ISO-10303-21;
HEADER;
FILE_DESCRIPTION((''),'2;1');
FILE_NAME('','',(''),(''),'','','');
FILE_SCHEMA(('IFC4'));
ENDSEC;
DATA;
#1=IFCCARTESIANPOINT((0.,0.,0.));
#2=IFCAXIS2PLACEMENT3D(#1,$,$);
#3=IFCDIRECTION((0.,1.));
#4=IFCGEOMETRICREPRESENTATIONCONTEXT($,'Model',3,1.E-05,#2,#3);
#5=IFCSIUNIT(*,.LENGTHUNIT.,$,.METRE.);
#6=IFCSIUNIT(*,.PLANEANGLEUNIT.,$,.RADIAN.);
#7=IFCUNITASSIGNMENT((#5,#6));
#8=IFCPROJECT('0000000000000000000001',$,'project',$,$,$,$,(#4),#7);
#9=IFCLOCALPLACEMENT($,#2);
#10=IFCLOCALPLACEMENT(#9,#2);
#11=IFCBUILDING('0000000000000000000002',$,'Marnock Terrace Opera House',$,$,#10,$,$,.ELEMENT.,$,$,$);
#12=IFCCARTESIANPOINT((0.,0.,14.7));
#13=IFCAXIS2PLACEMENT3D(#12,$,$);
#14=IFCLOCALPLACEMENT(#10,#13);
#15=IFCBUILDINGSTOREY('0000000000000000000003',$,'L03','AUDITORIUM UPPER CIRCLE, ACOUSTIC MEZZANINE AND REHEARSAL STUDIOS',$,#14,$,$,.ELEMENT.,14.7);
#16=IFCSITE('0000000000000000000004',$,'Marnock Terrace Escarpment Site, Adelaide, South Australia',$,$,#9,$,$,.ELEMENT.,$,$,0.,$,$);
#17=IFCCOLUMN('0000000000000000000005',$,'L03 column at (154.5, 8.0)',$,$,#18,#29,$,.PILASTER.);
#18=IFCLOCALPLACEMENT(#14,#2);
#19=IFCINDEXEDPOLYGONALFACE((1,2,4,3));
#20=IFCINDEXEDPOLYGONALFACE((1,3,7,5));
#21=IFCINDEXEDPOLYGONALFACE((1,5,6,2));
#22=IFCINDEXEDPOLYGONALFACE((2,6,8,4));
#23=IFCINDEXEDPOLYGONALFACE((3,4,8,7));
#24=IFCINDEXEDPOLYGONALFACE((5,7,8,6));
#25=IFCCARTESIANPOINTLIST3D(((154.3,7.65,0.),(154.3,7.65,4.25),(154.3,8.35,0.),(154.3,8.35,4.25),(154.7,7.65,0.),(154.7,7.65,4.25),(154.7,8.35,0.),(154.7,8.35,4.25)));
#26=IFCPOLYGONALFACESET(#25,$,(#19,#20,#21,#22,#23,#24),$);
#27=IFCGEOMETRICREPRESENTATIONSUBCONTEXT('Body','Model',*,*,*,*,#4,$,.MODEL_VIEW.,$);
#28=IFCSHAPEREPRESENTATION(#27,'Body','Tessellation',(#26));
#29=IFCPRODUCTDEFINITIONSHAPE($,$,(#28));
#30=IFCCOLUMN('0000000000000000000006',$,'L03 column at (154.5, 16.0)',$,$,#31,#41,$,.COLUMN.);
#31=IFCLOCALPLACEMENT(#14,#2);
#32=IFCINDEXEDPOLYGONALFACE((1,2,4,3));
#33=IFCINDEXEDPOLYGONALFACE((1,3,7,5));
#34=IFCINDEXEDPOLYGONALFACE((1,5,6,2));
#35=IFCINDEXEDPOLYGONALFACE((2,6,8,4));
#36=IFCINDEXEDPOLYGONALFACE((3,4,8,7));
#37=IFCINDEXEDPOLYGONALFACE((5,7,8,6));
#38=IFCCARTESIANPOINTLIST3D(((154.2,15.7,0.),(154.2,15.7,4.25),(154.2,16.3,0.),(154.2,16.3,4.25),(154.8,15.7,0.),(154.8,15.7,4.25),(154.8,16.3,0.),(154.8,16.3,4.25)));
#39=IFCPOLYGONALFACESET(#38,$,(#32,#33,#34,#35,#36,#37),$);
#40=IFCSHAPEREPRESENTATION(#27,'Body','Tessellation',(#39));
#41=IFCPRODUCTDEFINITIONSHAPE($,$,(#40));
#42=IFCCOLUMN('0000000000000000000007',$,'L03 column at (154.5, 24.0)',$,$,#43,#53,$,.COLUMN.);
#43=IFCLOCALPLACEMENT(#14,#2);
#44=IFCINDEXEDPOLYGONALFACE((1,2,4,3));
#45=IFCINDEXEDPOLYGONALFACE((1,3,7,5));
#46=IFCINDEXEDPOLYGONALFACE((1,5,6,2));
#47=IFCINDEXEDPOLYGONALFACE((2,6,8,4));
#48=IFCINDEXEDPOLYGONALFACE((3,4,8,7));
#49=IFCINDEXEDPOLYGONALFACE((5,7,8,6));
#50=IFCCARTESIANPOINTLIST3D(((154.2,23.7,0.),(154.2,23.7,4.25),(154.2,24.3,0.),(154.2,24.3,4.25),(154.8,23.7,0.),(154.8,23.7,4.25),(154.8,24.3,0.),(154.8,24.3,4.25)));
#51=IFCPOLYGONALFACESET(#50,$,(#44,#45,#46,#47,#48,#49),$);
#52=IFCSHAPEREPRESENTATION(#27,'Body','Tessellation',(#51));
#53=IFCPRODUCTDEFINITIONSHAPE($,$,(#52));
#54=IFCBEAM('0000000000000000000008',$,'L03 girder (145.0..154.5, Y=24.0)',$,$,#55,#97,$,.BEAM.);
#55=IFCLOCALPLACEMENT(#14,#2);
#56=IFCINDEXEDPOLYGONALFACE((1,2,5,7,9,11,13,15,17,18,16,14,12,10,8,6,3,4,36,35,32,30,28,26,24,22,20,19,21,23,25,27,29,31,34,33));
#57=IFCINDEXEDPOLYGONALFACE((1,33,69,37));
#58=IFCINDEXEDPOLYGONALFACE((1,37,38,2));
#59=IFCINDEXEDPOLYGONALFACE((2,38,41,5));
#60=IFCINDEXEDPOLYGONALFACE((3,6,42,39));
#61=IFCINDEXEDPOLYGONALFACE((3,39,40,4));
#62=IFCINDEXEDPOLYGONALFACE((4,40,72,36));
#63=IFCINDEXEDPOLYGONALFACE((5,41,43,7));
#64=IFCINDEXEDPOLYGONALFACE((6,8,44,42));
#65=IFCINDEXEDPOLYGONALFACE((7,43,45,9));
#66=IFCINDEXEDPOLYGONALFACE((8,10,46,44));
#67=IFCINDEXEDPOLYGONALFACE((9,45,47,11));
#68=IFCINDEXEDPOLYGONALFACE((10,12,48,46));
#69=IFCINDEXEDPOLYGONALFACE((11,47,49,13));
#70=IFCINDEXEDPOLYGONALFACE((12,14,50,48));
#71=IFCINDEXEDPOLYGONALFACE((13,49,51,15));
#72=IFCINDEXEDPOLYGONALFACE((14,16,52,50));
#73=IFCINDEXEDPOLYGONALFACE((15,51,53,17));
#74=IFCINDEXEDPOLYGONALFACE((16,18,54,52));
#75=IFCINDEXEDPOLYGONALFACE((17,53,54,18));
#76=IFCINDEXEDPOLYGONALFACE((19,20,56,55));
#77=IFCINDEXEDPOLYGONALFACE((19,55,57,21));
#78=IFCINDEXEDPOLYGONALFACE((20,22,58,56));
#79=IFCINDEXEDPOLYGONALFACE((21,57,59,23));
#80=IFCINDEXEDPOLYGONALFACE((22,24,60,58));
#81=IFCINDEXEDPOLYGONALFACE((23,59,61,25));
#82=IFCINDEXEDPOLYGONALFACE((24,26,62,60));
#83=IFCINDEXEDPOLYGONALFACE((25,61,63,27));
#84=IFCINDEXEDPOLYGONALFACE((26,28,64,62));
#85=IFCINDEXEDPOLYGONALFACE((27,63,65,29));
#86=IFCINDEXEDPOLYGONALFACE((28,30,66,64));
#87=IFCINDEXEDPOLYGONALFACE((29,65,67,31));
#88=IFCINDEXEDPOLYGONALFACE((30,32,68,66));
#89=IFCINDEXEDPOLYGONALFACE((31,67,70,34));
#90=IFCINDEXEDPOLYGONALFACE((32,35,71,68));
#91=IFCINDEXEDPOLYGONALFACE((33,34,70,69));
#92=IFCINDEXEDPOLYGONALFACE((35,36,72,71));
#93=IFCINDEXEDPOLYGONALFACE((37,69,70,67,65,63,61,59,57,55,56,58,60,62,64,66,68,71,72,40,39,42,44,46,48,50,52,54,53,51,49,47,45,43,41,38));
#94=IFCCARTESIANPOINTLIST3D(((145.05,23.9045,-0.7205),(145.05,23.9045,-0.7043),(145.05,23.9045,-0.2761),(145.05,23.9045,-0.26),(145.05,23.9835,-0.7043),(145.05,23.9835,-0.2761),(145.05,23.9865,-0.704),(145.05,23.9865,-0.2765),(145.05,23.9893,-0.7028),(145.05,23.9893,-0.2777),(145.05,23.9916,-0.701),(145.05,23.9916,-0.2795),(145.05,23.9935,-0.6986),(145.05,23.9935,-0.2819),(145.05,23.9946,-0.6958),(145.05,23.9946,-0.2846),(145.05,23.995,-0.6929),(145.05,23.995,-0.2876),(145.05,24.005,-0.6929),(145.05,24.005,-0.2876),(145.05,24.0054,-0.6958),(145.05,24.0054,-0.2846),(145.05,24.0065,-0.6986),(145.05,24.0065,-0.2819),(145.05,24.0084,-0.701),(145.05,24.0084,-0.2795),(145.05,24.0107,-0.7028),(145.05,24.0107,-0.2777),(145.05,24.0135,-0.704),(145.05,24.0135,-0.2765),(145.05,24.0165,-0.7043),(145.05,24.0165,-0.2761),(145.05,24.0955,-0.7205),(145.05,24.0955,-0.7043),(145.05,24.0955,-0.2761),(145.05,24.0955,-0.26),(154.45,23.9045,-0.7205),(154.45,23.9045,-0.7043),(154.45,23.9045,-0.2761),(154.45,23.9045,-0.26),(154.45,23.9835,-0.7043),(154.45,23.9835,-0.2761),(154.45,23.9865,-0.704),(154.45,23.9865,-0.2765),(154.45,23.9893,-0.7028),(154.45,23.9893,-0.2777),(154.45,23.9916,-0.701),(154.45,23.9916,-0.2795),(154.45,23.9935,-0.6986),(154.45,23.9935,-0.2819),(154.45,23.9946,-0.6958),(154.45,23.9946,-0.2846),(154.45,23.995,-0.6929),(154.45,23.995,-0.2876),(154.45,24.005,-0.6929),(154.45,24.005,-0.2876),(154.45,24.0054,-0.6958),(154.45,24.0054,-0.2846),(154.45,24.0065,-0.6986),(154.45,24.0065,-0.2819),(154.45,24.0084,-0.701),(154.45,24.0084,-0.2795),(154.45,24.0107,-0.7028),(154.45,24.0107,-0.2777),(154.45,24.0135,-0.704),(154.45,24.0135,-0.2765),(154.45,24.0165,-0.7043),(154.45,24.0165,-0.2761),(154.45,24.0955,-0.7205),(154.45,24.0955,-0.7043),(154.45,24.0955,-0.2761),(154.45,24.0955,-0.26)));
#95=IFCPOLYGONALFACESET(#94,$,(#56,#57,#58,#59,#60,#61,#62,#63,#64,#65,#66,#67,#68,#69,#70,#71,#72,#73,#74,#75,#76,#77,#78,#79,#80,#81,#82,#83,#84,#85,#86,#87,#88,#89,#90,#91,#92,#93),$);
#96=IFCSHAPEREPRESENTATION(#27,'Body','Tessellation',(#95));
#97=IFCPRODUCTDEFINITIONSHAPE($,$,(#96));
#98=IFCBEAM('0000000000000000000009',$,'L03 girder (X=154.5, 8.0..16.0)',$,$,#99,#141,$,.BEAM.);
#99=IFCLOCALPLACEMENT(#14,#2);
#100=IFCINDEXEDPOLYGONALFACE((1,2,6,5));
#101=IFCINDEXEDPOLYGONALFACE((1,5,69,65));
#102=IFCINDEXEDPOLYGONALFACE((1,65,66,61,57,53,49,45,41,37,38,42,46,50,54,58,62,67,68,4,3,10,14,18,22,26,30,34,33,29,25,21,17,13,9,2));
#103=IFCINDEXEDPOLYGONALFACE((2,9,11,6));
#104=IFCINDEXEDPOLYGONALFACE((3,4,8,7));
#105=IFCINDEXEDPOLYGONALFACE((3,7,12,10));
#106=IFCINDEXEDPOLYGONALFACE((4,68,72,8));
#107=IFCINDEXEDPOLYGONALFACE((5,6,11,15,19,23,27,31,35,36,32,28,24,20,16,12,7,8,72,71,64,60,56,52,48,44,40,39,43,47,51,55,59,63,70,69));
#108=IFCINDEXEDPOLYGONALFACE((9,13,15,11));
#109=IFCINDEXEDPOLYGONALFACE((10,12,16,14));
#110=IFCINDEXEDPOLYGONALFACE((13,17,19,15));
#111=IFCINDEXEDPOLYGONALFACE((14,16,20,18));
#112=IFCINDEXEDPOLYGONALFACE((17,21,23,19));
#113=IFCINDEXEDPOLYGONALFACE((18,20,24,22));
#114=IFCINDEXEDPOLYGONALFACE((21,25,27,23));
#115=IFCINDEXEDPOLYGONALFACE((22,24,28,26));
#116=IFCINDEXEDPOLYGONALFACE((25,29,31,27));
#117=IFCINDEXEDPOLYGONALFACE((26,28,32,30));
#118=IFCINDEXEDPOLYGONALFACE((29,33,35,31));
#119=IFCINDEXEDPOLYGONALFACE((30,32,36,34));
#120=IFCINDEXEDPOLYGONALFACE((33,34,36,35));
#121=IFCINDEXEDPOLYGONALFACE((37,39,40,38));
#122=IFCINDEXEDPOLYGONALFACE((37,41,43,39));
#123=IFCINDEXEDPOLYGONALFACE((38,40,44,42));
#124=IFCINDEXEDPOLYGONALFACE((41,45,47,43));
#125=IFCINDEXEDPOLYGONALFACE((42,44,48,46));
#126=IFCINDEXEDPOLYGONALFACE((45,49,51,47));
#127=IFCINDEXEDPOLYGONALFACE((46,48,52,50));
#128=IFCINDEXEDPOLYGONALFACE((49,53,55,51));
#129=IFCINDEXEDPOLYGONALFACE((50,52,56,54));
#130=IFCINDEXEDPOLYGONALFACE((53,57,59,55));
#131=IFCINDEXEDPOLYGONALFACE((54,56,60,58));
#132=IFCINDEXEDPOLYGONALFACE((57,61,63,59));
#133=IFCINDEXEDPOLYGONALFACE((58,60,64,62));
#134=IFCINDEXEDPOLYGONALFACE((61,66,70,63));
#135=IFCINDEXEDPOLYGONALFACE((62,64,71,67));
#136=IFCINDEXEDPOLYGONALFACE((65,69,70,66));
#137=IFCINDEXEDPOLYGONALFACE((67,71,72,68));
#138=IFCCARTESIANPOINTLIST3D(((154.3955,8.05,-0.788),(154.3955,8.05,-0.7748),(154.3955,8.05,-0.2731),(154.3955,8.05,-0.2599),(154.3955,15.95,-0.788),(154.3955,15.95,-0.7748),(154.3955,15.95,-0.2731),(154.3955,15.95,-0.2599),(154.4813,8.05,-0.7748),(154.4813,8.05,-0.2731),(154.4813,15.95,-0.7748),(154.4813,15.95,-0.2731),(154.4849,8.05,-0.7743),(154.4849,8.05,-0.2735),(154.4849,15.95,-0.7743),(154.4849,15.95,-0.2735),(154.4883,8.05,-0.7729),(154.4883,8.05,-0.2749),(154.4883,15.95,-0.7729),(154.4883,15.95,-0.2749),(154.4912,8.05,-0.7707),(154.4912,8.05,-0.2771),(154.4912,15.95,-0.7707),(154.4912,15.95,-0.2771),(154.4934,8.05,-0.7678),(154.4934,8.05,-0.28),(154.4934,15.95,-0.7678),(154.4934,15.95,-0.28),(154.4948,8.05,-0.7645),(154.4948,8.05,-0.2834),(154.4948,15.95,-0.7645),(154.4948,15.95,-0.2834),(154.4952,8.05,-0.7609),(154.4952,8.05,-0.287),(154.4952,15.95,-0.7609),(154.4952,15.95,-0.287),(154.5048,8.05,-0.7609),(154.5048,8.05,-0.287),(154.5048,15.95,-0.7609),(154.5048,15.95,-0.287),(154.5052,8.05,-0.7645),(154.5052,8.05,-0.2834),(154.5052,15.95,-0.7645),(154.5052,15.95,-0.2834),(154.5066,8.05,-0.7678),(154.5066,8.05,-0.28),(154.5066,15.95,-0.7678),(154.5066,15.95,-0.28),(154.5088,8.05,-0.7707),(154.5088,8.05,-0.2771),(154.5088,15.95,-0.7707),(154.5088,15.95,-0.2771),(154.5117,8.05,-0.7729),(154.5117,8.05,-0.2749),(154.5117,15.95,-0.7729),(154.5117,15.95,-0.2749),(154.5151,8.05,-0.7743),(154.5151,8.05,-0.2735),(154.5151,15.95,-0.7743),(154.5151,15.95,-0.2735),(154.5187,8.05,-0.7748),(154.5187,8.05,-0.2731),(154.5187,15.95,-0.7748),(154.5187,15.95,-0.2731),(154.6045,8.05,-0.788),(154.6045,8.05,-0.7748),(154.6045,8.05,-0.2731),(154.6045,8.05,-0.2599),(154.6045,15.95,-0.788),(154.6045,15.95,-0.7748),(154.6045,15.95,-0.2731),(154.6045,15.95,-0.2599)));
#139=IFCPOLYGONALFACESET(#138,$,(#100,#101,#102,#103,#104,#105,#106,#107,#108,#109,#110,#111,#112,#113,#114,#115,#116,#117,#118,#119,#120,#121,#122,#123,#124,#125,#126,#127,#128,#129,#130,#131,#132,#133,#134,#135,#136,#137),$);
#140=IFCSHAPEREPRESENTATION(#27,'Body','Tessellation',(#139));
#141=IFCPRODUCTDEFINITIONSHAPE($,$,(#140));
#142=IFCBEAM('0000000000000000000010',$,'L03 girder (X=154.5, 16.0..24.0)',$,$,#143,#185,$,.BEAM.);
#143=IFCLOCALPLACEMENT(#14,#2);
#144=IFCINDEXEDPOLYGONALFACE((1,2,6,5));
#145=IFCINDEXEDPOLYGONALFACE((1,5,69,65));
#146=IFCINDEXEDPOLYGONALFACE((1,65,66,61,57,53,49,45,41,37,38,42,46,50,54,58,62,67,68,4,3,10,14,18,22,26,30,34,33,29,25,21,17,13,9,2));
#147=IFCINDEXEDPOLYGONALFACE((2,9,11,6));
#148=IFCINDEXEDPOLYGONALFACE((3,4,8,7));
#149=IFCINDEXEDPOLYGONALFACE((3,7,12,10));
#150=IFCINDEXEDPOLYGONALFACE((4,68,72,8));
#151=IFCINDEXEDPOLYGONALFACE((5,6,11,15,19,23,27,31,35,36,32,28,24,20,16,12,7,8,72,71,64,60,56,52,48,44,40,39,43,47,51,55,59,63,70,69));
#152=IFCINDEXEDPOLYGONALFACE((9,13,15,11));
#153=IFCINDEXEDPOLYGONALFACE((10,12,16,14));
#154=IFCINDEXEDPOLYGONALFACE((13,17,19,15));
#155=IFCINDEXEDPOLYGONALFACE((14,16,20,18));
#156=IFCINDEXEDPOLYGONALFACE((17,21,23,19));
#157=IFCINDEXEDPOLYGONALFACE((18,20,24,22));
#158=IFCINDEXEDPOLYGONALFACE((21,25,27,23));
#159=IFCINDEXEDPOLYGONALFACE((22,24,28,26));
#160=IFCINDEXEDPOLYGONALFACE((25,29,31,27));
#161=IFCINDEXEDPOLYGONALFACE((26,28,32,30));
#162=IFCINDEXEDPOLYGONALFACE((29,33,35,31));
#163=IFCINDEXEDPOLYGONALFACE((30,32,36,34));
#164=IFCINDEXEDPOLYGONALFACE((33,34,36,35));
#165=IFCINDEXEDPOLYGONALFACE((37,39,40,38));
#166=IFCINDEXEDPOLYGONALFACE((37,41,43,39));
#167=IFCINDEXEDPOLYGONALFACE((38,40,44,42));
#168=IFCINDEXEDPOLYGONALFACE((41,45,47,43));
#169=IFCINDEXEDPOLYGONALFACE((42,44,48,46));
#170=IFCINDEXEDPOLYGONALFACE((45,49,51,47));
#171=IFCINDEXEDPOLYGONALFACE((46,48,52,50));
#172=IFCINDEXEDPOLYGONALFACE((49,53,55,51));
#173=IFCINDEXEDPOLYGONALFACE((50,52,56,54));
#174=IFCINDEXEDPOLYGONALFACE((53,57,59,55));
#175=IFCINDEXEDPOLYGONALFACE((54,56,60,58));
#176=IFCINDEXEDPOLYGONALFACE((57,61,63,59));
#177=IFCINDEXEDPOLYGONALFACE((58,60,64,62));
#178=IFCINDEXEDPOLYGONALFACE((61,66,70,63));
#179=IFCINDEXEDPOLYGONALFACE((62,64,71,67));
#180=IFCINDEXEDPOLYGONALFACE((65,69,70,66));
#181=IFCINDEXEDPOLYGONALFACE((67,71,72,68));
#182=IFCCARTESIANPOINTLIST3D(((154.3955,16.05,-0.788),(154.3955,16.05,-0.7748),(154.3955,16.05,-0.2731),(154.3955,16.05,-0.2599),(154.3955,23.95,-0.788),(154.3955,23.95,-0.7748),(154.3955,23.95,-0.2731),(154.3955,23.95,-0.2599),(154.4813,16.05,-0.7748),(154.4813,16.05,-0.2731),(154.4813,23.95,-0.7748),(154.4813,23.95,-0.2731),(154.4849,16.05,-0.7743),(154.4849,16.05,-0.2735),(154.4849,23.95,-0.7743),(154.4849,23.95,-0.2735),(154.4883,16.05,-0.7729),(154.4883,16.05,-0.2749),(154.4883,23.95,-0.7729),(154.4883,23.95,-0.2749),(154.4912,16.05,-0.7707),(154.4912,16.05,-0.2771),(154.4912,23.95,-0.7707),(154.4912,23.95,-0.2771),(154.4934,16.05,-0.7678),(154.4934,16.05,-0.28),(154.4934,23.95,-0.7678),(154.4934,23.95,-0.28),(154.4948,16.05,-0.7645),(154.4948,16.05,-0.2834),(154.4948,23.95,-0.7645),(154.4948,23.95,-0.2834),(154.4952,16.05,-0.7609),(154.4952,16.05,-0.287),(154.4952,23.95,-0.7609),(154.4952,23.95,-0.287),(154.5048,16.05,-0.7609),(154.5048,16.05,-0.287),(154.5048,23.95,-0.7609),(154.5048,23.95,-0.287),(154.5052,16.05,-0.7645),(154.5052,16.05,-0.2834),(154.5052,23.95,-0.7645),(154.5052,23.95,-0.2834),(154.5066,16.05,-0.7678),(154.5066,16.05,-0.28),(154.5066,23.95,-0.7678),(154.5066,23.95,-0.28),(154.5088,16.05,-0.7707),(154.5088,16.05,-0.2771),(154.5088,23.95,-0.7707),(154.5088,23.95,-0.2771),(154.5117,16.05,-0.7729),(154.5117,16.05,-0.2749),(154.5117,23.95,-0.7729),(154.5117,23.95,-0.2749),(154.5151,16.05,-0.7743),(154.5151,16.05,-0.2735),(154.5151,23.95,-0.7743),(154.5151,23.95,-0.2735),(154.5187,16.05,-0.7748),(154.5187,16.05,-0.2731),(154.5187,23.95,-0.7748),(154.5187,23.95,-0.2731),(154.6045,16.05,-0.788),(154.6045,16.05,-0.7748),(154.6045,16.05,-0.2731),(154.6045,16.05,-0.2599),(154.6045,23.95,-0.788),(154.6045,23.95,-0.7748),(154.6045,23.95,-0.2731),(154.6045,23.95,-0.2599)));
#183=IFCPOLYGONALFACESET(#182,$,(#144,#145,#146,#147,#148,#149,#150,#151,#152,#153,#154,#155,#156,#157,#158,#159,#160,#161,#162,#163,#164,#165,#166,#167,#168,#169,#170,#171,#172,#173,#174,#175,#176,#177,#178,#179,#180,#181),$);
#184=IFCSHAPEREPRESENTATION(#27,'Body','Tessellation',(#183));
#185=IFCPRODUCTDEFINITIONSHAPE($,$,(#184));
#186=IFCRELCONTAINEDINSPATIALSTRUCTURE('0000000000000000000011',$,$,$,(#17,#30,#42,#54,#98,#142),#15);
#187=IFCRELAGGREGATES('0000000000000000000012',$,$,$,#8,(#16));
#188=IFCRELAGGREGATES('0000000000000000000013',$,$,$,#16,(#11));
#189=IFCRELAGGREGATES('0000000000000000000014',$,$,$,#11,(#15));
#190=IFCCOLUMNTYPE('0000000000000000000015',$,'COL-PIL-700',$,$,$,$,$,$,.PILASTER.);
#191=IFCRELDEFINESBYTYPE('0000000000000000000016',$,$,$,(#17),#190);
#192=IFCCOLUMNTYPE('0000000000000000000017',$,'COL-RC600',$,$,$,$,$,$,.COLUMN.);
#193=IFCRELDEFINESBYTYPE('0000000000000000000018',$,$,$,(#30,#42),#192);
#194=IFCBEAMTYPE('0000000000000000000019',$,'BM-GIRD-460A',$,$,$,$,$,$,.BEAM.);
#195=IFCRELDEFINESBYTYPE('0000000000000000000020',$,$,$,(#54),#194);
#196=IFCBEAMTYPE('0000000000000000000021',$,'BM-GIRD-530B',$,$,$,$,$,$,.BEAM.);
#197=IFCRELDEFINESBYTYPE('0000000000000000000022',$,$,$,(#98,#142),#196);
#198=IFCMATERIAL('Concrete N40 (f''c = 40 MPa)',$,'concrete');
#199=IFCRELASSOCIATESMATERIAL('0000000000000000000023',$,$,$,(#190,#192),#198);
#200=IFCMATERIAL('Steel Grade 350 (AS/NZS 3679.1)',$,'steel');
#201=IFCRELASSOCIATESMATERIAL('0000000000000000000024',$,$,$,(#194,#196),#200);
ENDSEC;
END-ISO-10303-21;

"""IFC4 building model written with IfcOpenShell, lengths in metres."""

from ifc_helpers import new_model, si_unit, direction, frame, origin, origin_2d, place, context, subcontext, project, spatial, rectangle, i_section, extrude, material, material_profile, profile_set, type_object, element, save


model = new_model("IFC4")

# Units and contexts
model_context = context("Model", 3, precision=1e-05, world=origin(), true_north=direction((0.0, 1.0)))
body_context = subcontext(model_context, "Body", "Model", "MODEL_VIEW")
ifc_project = project(units=[si_unit("LENGTHUNIT", "METRE"), si_unit("PLANEANGLEUNIT", "RADIAN")], contexts=[model_context])

# Site, building, storey
site_placement = place(None, origin())
site = spatial("IfcSite", under=ifc_project, at=site_placement, Name="Marnock Terrace Escarpment Site, Adelaide, South Australia", CompositionType="ELEMENT", RefElevation=0.0)
building_placement = place(site_placement, origin())
building = spatial("IfcBuilding", under=site, at=building_placement, Name="Marnock Terrace Opera House", CompositionType="ELEMENT")
storey_placement = place(building_placement, frame((0.0, 0.0, 14.7)))
storey = spatial("IfcBuildingStorey", under=building, at=storey_placement, Name="L03", Description="AUDITORIUM UPPER CIRCLE, ACOUSTIC MEZZANINE AND REHEARSAL STUDIOS", CompositionType="ELEMENT", Elevation=14.7)

# Columns
ifc_material_1 = material(Name="Concrete N40 (f'c = 40 MPa)", Category="concrete")
ifc_material_profile_1 = material_profile(ifc_material_1, rectangle(XDim=0.3999, YDim=0.7, at=origin_2d()))
ifc_profile_set_1 = profile_set([ifc_material_profile_1], Name="Concrete N40 (f'c = 40 MPa)")
column_type_1 = type_object("IfcColumnType", Name="COL-PIL-700", PredefinedType="PILASTER", material=ifc_profile_set_1)
column_placement = place(storey_placement, frame((154.5, 8.0, 0.0), z_axis=(0.0, 0.0, 1.0), x_axis=(1.0, 0.0, 0.0)))
element("IfcColumn", 1, at=column_placement, inside=storey, type_object=column_type_1, Name="L03 column at (154.5, 8.0)", PredefinedType="PILASTER", context=body_context, shape_type="SweptSolid", body=[
    extrude(rectangle(XDim=0.3999, YDim=0.7, at=origin_2d()), origin(), (0.0, 0.0, 1.0), 4.25),
])
ifc_material_profile_2 = material_profile(ifc_material_1, rectangle(XDim=0.6001, YDim=0.6001, at=origin_2d()))
ifc_profile_set_2 = profile_set([ifc_material_profile_2], Name="Concrete N40 (f'c = 40 MPa)")
column_type_2 = type_object("IfcColumnType", Name="COL-RC600", PredefinedType="COLUMN", material=ifc_profile_set_2)
for number, where, z_axis, x_axis, name in (
    (2, (154.5, 16.0, 0.0), (0.0, 0.0, 1.0), (1.0, 0.0, 0.0), "L03 column at (154.5, 16.0)"),
    (3, (154.5, 24.0, 0.0), (0.0, 0.0, 1.0), (1.0, 0.0, 0.0), "L03 column at (154.5, 24.0)"),
):
    element("IfcColumn", number, at=place(storey_placement, frame(where, z_axis=z_axis, x_axis=x_axis)), inside=storey, type_object=column_type_2, Name=name, PredefinedType="COLUMN", context=body_context, shape_type="SweptSolid", body=[
        extrude(rectangle(XDim=0.6001, YDim=0.6001, at=origin_2d()), origin(), (0.0, 0.0, 1.0), 4.25),
    ])

# Beams
ifc_material_2 = material(Name="Steel Grade 350 (AS/NZS 3679.1)", Category="steel")
ifc_material_profile_3 = material_profile(ifc_material_2, i_section(OverallWidth=0.1909, OverallDepth=0.4604, WebThickness=0.01, FlangeThickness=0.0161, FilletRadius=0.0115, at=origin_2d()))
ifc_profile_set_3 = profile_set([ifc_material_profile_3], Name="Steel Grade 350 (AS/NZS 3679.1)")
beam_type_1 = type_object("IfcBeamType", Name="BM-GIRD-460A", PredefinedType="BEAM", material=ifc_profile_set_3)
beam_1_placement = place(storey_placement, frame((145.05, 24.0, -0.4902), z_axis=(1.0, 0.0, 0.0), x_axis=(0.0, 1.0, 0.0)))
element("IfcBeam", 4, at=beam_1_placement, inside=storey, type_object=beam_type_1, Name="L03 girder (145.0..154.5, Y=24.0)", PredefinedType="BEAM", context=body_context, shape_type="SweptSolid", body=[
    extrude(i_section(OverallWidth=0.1909, OverallDepth=0.4604, WebThickness=0.01, FlangeThickness=0.0161, FilletRadius=0.0115, at=origin_2d()), origin(), (0.0, 0.0, 1.0), 9.3999),
])
ifc_material_profile_4 = material_profile(ifc_material_2, i_section(OverallWidth=0.209, OverallDepth=0.5281, WebThickness=0.0095, FlangeThickness=0.0132, FilletRadius=0.0139, at=origin_2d()))
ifc_profile_set_4 = profile_set([ifc_material_profile_4], Name="Steel Grade 350 (AS/NZS 3679.1)")
beam_type_2 = type_object("IfcBeamType", Name="BM-GIRD-530B", PredefinedType="BEAM", material=ifc_profile_set_4)
for number, where, z_axis, x_axis, name in (
    (5, (154.5, 8.05, -0.5239), (0.0, 1.0, 0.0), (-1.0, 0.0, 0.0), "L03 girder (X=154.5, 8.0..16.0)"),
    (6, (154.5, 16.05, -0.5239), (0.0, 1.0, 0.0), (-1.0, 0.0, 0.0), "L03 girder (X=154.5, 16.0..24.0)"),
):
    element("IfcBeam", number, at=place(storey_placement, frame(where, z_axis=z_axis, x_axis=x_axis)), inside=storey, type_object=beam_type_2, Name=name, PredefinedType="BEAM", context=body_context, shape_type="SweptSolid", body=[
        extrude(i_section(OverallWidth=0.209, OverallDepth=0.5281, WebThickness=0.0095, FlangeThickness=0.0132, FilletRadius=0.0139, at=origin_2d()), origin(), (0.0, 0.0, 1.0), 7.8999),
    ])

save(model, "model.ifc")
